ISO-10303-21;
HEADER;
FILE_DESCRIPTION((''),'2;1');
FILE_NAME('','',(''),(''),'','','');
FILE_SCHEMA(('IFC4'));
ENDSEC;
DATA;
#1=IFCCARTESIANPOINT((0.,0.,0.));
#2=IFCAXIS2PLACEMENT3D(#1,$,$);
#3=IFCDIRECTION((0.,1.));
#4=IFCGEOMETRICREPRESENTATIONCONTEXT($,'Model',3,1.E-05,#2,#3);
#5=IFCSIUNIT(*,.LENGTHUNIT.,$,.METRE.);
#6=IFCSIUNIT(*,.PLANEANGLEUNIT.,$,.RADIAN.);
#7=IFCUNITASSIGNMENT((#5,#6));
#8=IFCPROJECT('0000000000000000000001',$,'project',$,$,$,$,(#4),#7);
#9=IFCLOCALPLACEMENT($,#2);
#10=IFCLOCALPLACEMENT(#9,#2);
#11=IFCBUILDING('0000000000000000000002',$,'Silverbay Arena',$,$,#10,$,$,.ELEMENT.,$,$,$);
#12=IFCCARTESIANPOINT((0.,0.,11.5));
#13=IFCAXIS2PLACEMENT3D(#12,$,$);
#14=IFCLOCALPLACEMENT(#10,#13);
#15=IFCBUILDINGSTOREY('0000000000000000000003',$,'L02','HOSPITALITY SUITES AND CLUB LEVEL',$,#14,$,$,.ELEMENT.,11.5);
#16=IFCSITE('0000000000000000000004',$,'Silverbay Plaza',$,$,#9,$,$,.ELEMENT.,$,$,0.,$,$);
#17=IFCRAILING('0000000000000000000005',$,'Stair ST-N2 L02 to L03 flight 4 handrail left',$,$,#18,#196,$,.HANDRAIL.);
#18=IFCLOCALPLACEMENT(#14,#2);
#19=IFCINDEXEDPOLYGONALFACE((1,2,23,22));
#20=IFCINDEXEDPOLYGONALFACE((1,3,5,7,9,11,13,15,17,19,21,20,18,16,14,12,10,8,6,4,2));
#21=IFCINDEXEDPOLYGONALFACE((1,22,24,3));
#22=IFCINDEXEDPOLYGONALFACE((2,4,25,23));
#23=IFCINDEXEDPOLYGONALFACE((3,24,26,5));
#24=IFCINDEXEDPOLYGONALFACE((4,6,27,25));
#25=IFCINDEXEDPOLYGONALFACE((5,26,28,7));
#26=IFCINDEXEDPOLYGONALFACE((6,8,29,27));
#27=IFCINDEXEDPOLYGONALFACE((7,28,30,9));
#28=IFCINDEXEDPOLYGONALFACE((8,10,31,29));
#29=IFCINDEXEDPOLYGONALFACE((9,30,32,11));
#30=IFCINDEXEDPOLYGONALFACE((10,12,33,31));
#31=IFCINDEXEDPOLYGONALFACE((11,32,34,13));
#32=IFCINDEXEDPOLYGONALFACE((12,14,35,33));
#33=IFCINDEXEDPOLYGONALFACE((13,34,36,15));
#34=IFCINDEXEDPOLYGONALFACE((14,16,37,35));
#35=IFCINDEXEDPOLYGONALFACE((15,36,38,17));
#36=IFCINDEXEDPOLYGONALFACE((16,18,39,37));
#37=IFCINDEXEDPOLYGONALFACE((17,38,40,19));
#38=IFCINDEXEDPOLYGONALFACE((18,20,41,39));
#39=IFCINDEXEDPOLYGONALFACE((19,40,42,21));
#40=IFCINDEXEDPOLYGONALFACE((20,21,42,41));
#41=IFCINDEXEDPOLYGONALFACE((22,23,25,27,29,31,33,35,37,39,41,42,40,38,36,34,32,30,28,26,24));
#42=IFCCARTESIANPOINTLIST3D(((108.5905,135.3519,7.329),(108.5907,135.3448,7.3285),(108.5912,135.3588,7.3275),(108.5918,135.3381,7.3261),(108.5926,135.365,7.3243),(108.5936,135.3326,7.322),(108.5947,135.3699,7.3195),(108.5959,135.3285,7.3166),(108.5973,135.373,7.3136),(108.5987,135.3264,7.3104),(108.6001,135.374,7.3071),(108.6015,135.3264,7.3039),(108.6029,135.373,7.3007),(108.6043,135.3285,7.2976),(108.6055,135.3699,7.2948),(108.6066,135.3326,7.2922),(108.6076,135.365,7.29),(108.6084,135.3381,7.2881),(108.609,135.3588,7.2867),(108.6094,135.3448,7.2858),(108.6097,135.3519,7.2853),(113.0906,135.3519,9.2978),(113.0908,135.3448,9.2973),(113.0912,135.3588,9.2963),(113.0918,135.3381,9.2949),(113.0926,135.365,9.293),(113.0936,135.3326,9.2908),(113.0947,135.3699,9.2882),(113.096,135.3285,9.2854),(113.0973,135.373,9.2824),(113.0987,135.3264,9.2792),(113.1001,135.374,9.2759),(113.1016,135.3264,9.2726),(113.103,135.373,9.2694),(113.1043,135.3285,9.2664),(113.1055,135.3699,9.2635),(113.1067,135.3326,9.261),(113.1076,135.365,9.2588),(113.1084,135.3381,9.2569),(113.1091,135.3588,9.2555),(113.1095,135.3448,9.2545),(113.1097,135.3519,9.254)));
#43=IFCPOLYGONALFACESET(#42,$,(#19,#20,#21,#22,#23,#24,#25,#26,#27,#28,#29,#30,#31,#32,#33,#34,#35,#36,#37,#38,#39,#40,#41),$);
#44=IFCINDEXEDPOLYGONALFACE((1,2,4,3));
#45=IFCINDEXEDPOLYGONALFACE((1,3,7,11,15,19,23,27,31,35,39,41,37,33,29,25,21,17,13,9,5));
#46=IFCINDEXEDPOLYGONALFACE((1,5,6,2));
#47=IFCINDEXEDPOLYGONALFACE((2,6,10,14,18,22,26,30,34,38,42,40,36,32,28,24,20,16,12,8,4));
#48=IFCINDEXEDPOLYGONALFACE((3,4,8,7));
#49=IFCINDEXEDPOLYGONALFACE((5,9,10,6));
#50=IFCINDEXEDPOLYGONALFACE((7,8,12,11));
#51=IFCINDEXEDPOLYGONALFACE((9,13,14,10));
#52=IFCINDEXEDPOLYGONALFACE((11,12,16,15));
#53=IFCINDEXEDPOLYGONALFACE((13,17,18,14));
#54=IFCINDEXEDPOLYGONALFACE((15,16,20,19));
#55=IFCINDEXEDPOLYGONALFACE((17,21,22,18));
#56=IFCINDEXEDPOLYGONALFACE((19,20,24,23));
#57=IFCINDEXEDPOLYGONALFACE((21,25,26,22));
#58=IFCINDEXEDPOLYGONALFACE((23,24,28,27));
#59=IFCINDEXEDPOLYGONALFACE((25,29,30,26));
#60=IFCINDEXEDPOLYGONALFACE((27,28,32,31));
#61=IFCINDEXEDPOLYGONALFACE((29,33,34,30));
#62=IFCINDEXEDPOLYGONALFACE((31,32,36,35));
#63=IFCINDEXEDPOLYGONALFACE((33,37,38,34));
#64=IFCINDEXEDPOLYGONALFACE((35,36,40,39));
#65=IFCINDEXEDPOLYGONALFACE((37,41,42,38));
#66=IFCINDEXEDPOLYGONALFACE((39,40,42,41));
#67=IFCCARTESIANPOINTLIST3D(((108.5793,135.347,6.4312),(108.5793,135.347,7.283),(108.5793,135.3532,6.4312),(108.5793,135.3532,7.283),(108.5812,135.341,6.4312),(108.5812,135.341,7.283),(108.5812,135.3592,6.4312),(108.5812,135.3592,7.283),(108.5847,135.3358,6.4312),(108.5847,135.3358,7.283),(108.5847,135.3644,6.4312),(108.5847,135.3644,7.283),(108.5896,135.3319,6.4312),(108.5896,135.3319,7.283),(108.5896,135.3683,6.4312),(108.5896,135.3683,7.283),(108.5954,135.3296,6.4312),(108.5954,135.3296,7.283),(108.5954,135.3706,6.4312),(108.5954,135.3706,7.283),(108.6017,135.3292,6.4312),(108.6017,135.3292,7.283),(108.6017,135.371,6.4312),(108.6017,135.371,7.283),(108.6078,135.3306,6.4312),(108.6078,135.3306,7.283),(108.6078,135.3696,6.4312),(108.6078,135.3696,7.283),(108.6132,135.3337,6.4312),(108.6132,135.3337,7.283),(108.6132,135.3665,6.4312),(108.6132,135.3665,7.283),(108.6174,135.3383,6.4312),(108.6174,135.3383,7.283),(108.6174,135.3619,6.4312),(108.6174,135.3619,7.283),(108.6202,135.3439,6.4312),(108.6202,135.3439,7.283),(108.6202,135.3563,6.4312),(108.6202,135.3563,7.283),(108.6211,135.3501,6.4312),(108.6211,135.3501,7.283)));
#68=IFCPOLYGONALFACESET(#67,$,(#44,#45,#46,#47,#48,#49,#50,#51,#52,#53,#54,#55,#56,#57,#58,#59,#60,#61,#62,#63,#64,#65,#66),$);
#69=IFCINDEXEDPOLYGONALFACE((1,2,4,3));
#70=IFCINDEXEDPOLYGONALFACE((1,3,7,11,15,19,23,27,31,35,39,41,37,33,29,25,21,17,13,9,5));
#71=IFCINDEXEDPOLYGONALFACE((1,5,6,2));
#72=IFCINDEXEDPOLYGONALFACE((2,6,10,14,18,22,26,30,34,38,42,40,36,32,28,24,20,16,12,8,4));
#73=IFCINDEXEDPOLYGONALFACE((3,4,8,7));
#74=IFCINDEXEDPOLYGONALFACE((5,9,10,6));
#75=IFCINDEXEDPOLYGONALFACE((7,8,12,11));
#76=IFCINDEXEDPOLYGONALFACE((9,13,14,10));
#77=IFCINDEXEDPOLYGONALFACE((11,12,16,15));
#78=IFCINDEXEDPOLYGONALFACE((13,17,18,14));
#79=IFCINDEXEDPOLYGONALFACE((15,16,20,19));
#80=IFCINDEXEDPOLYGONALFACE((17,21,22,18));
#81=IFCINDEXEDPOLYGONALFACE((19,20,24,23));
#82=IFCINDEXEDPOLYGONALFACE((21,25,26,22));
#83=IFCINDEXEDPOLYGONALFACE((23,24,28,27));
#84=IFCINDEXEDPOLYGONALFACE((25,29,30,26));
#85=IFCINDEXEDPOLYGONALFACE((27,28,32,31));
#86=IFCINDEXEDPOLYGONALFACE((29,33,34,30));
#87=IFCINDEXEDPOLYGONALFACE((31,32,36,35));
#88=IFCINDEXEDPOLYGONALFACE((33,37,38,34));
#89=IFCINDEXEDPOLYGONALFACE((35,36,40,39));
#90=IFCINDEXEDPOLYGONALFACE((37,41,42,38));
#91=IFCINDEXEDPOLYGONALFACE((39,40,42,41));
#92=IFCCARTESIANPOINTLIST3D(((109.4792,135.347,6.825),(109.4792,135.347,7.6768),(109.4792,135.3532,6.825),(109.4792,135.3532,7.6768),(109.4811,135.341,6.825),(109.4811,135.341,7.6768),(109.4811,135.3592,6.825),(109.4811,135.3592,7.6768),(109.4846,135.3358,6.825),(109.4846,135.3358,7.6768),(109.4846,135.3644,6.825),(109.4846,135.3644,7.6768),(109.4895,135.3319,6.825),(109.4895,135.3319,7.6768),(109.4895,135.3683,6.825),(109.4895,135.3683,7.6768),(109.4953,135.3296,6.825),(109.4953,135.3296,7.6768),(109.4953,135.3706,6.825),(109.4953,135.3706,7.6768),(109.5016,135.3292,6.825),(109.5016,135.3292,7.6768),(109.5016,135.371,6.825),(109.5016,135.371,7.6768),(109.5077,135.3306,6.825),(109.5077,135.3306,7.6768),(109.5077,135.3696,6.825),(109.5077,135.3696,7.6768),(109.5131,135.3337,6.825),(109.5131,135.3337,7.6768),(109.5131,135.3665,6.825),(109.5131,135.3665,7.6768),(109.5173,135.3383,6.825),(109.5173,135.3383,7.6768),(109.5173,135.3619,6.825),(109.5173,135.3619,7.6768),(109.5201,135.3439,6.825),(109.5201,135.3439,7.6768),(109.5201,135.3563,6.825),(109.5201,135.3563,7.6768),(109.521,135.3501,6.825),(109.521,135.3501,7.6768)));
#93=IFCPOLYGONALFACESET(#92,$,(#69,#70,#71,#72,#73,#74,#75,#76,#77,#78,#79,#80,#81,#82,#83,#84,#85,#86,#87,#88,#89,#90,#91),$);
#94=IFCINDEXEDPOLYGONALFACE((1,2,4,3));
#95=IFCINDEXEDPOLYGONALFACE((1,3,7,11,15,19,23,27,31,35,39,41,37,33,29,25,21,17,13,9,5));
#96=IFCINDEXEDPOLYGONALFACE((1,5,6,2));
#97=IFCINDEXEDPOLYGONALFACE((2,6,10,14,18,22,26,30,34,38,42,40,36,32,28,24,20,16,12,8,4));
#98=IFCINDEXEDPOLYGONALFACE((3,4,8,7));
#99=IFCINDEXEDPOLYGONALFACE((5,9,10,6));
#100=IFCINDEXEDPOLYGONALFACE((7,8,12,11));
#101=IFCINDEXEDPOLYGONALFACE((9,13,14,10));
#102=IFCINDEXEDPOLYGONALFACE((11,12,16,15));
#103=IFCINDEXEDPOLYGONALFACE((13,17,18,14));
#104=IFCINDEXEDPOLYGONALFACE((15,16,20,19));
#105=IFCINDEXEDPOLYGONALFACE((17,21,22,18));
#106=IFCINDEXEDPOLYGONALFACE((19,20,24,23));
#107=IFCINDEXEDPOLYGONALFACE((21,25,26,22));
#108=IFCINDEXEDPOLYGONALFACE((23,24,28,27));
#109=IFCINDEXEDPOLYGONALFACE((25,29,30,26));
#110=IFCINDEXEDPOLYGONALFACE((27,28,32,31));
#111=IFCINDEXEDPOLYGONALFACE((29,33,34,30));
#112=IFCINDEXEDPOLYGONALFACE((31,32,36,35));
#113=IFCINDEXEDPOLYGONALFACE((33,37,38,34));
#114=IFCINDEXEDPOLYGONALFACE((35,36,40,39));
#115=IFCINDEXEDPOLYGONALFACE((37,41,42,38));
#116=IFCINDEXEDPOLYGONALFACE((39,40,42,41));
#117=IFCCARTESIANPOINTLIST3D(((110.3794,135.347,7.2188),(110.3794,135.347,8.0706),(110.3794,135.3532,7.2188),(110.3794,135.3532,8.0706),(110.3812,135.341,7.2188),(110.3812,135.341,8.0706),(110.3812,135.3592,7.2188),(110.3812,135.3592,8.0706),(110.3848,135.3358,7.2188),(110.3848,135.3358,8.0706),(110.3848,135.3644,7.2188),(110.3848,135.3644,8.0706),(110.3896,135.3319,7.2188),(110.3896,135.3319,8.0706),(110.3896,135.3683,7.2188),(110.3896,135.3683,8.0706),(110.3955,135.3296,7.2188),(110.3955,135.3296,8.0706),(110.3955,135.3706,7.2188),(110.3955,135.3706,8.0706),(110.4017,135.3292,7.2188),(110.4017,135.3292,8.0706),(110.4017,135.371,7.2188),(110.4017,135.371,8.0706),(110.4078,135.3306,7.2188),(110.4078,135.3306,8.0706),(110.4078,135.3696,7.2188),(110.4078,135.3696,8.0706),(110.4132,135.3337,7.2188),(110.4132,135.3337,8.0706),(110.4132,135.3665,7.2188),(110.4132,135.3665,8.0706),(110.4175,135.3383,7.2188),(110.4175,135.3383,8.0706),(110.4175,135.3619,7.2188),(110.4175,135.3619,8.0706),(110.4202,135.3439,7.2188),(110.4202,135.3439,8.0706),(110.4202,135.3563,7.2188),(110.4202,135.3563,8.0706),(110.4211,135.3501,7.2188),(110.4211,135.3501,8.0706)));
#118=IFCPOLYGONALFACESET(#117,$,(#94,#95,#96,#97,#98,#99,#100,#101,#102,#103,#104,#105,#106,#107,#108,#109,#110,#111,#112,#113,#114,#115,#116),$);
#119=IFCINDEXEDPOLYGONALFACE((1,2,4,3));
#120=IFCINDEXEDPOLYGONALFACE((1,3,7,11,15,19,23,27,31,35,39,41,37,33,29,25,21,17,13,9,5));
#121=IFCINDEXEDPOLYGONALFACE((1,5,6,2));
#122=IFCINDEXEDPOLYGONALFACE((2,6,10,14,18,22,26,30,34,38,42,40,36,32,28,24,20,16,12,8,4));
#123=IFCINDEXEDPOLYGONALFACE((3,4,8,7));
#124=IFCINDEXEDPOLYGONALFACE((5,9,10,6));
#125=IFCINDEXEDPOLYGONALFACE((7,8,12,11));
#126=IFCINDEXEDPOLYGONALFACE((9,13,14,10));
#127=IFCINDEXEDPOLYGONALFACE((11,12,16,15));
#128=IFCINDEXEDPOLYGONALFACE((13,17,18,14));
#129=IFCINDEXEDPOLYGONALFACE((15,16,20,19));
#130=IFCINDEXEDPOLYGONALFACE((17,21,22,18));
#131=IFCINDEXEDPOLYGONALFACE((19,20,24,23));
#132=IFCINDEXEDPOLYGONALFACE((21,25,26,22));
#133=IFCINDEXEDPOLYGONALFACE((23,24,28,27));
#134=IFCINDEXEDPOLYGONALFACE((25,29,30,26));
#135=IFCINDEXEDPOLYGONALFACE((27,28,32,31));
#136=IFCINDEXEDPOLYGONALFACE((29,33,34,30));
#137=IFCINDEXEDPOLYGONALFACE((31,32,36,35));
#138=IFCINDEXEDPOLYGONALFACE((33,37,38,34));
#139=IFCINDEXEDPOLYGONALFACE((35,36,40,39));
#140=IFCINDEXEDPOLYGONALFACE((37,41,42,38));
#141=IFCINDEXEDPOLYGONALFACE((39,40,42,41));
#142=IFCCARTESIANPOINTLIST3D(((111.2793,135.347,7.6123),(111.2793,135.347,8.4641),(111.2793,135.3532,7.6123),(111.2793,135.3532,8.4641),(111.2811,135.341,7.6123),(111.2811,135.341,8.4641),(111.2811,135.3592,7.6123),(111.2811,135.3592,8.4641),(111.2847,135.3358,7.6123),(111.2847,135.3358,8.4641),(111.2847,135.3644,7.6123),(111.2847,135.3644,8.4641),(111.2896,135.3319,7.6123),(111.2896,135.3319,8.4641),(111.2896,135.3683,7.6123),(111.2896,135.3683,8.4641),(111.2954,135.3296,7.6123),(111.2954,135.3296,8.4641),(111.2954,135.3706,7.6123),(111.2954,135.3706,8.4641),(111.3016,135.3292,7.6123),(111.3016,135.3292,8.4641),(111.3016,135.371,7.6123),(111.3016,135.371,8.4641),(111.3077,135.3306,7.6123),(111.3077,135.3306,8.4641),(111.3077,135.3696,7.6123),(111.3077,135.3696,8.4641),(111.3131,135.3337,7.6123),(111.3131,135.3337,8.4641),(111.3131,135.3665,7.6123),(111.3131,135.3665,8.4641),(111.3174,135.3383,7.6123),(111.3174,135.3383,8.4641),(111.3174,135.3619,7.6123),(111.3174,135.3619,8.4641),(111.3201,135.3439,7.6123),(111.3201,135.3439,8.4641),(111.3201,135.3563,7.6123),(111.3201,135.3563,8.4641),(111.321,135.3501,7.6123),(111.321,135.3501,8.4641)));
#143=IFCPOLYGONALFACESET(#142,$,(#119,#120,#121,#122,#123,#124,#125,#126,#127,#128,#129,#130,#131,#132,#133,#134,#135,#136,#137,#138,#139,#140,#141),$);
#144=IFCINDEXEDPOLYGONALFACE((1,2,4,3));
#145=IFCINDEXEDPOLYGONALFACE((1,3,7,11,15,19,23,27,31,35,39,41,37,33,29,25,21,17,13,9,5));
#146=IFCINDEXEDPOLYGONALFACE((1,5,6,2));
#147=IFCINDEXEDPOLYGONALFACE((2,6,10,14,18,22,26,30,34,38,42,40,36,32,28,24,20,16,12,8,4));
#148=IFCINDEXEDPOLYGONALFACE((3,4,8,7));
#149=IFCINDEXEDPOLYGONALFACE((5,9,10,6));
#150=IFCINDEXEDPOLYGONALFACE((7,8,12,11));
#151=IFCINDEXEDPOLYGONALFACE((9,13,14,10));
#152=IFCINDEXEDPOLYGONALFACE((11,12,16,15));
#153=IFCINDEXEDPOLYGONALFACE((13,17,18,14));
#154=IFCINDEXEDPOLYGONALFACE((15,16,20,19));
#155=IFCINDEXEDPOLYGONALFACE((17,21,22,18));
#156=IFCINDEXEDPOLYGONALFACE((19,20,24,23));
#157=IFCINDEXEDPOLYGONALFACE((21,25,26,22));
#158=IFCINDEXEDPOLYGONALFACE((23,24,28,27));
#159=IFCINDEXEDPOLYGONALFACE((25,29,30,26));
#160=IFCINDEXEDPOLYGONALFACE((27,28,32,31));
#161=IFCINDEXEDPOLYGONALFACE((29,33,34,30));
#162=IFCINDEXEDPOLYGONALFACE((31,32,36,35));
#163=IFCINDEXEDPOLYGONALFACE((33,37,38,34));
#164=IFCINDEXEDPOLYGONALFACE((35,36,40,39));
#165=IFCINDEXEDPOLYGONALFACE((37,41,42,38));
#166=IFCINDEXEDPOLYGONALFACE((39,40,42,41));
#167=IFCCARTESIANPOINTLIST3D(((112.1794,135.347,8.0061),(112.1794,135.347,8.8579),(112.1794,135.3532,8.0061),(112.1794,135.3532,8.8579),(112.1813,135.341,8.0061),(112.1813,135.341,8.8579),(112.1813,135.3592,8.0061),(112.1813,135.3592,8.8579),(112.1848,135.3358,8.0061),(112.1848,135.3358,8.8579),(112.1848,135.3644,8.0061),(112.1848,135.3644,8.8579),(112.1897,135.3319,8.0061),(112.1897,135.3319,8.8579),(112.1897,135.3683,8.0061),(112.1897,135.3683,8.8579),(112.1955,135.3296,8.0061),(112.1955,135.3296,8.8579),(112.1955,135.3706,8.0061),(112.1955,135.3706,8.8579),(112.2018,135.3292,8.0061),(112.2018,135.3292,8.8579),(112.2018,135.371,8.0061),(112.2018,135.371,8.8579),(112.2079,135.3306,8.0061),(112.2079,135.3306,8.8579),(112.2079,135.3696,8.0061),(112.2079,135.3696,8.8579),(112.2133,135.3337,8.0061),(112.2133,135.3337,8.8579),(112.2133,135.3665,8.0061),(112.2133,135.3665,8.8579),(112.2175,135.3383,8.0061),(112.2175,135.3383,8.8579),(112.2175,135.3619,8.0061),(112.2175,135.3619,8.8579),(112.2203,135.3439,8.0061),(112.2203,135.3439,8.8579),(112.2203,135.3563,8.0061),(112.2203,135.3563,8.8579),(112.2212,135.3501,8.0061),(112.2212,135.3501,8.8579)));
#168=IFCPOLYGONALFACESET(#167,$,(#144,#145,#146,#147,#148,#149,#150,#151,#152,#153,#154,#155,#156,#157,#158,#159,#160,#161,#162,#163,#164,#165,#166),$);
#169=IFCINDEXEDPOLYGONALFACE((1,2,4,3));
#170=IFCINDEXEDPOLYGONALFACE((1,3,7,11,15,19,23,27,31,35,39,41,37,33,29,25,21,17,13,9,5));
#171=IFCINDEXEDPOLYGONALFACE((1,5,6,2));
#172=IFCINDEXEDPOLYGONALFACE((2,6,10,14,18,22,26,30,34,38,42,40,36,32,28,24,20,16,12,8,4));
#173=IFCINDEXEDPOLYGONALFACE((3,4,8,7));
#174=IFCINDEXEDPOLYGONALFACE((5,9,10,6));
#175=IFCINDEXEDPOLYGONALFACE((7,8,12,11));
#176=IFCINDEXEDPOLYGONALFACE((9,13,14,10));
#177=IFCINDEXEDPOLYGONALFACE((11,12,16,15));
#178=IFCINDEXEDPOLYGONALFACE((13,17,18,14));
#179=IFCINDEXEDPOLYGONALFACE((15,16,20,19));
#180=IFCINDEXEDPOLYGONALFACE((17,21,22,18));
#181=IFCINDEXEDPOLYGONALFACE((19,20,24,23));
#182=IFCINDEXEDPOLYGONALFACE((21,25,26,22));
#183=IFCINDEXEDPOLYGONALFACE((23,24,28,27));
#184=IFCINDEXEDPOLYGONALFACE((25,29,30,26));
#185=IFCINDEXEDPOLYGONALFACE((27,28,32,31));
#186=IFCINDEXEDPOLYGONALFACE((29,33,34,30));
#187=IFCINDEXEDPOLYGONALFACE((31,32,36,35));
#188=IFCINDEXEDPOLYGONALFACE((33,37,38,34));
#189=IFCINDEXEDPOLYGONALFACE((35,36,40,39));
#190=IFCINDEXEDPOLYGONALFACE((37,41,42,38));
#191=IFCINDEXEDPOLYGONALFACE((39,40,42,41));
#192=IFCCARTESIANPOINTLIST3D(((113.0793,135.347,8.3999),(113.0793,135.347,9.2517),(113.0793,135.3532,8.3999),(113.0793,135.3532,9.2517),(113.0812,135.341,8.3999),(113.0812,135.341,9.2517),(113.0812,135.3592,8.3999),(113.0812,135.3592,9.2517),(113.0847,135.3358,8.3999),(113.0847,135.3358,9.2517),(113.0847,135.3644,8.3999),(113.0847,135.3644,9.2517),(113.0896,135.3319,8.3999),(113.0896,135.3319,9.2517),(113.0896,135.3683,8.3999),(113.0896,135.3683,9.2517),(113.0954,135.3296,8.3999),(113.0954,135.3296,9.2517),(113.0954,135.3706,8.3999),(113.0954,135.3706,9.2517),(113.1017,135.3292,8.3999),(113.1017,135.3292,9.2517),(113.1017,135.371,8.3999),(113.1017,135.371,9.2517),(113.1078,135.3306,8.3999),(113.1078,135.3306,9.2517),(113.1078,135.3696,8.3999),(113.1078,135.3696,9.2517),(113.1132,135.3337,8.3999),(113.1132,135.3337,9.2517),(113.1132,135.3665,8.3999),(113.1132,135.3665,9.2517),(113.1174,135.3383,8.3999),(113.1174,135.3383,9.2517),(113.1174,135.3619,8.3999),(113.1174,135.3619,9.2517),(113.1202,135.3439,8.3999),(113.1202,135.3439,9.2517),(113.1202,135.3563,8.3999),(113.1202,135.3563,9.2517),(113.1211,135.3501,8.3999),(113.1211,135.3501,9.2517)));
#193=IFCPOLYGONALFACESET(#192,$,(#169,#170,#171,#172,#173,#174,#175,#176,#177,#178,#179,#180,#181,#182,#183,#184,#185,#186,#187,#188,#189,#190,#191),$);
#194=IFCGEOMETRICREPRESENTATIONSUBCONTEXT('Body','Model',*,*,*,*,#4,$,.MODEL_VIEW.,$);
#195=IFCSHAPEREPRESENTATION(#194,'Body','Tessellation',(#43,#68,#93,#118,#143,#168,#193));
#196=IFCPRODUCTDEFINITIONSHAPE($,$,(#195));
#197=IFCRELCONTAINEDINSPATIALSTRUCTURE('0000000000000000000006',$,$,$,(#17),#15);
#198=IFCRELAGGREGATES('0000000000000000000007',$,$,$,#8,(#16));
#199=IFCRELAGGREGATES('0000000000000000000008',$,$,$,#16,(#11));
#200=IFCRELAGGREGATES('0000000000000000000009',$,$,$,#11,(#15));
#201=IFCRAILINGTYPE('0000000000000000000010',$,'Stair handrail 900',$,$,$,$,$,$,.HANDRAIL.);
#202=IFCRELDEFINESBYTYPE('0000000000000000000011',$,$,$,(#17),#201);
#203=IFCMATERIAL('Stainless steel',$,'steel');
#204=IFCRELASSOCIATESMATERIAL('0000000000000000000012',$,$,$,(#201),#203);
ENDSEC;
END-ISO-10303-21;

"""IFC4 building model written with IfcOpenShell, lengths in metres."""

from ifc_helpers import new_model, si_unit, direction, frame, origin, origin_2d, place, context, subcontext, project, spatial, circle, extrude, material, type_object, element, save


model = new_model("IFC4")

# Units and contexts
model_context = context("Model", 3, precision=1e-05, world=origin(), true_north=direction((0.0, 1.0)))
body_context = subcontext(model_context, "Body", "Model", "MODEL_VIEW")
ifc_project = project(units=[si_unit("LENGTHUNIT", "METRE"), si_unit("PLANEANGLEUNIT", "RADIAN")], contexts=[model_context])

# Site, building, storey
site_placement = place(None, origin())
site = spatial("IfcSite", under=ifc_project, at=site_placement, Name="Silverbay Plaza", CompositionType="ELEMENT", RefElevation=0.0)
building_placement = place(site_placement, origin())
building = spatial("IfcBuilding", under=site, at=building_placement, Name="Silverbay Arena", CompositionType="ELEMENT")
storey_placement = place(building_placement, frame((0.0, 0.0, 11.5)))
storey = spatial("IfcBuildingStorey", under=building, at=storey_placement, Name="L02", Description="HOSPITALITY SUITES AND CLUB LEVEL", CompositionType="ELEMENT", Elevation=11.5)

# Railing
ifc_material_1 = material(Name="Stainless steel", Category="steel")
railing_type_1 = type_object("IfcRailingType", Name="Stair handrail 900", PredefinedType="HANDRAIL", material=ifc_material_1)
for number, where, name in (
    (1, (108.6001, 135.3501, 6.4312), "Stair ST-N2 L02 to L03 flight 4 handrail left"),
):
    element("IfcRailing", number, at=place(storey_placement, frame(where)), inside=storey, type_object=railing_type_1, Name=name, PredefinedType="HANDRAIL", context=body_context, shape_type="SweptSolid", body=[
        extrude(circle(Radius=0.0239, at=origin_2d()), frame((0.0, 0.0, 0.876), z_axis=(0.916157, 0.0, 0.400819), x_axis=(0.0, 1.0, 0.0)), (0.0, 0.0, 1.0), 4.9119),
        extrude(circle(Radius=0.021, at=origin_2d()), origin(), (0.0, 0.0, 1.0), 0.8518),
        extrude(circle(Radius=0.021, at=origin_2d()), frame((0.8999, 0.0, 0.3938)), (0.0, 0.0, 1.0), 0.8518),
        extrude(circle(Radius=0.021, at=origin_2d()), frame((1.8, 0.0, 0.7876)), (0.0, 0.0, 1.0), 0.8518),
        extrude(circle(Radius=0.021, at=origin_2d()), frame((2.7, 0.0, 1.1812)), (0.0, 0.0, 1.0), 0.8518),
        extrude(circle(Radius=0.021, at=origin_2d()), frame((3.6001, 0.0, 1.575)), (0.0, 0.0, 1.0), 0.8518),
        extrude(circle(Radius=0.021, at=origin_2d()), frame((4.5, 0.0, 1.9688)), (0.0, 0.0, 1.0), 0.8518),
    ])

save(model, "model.ifc")
